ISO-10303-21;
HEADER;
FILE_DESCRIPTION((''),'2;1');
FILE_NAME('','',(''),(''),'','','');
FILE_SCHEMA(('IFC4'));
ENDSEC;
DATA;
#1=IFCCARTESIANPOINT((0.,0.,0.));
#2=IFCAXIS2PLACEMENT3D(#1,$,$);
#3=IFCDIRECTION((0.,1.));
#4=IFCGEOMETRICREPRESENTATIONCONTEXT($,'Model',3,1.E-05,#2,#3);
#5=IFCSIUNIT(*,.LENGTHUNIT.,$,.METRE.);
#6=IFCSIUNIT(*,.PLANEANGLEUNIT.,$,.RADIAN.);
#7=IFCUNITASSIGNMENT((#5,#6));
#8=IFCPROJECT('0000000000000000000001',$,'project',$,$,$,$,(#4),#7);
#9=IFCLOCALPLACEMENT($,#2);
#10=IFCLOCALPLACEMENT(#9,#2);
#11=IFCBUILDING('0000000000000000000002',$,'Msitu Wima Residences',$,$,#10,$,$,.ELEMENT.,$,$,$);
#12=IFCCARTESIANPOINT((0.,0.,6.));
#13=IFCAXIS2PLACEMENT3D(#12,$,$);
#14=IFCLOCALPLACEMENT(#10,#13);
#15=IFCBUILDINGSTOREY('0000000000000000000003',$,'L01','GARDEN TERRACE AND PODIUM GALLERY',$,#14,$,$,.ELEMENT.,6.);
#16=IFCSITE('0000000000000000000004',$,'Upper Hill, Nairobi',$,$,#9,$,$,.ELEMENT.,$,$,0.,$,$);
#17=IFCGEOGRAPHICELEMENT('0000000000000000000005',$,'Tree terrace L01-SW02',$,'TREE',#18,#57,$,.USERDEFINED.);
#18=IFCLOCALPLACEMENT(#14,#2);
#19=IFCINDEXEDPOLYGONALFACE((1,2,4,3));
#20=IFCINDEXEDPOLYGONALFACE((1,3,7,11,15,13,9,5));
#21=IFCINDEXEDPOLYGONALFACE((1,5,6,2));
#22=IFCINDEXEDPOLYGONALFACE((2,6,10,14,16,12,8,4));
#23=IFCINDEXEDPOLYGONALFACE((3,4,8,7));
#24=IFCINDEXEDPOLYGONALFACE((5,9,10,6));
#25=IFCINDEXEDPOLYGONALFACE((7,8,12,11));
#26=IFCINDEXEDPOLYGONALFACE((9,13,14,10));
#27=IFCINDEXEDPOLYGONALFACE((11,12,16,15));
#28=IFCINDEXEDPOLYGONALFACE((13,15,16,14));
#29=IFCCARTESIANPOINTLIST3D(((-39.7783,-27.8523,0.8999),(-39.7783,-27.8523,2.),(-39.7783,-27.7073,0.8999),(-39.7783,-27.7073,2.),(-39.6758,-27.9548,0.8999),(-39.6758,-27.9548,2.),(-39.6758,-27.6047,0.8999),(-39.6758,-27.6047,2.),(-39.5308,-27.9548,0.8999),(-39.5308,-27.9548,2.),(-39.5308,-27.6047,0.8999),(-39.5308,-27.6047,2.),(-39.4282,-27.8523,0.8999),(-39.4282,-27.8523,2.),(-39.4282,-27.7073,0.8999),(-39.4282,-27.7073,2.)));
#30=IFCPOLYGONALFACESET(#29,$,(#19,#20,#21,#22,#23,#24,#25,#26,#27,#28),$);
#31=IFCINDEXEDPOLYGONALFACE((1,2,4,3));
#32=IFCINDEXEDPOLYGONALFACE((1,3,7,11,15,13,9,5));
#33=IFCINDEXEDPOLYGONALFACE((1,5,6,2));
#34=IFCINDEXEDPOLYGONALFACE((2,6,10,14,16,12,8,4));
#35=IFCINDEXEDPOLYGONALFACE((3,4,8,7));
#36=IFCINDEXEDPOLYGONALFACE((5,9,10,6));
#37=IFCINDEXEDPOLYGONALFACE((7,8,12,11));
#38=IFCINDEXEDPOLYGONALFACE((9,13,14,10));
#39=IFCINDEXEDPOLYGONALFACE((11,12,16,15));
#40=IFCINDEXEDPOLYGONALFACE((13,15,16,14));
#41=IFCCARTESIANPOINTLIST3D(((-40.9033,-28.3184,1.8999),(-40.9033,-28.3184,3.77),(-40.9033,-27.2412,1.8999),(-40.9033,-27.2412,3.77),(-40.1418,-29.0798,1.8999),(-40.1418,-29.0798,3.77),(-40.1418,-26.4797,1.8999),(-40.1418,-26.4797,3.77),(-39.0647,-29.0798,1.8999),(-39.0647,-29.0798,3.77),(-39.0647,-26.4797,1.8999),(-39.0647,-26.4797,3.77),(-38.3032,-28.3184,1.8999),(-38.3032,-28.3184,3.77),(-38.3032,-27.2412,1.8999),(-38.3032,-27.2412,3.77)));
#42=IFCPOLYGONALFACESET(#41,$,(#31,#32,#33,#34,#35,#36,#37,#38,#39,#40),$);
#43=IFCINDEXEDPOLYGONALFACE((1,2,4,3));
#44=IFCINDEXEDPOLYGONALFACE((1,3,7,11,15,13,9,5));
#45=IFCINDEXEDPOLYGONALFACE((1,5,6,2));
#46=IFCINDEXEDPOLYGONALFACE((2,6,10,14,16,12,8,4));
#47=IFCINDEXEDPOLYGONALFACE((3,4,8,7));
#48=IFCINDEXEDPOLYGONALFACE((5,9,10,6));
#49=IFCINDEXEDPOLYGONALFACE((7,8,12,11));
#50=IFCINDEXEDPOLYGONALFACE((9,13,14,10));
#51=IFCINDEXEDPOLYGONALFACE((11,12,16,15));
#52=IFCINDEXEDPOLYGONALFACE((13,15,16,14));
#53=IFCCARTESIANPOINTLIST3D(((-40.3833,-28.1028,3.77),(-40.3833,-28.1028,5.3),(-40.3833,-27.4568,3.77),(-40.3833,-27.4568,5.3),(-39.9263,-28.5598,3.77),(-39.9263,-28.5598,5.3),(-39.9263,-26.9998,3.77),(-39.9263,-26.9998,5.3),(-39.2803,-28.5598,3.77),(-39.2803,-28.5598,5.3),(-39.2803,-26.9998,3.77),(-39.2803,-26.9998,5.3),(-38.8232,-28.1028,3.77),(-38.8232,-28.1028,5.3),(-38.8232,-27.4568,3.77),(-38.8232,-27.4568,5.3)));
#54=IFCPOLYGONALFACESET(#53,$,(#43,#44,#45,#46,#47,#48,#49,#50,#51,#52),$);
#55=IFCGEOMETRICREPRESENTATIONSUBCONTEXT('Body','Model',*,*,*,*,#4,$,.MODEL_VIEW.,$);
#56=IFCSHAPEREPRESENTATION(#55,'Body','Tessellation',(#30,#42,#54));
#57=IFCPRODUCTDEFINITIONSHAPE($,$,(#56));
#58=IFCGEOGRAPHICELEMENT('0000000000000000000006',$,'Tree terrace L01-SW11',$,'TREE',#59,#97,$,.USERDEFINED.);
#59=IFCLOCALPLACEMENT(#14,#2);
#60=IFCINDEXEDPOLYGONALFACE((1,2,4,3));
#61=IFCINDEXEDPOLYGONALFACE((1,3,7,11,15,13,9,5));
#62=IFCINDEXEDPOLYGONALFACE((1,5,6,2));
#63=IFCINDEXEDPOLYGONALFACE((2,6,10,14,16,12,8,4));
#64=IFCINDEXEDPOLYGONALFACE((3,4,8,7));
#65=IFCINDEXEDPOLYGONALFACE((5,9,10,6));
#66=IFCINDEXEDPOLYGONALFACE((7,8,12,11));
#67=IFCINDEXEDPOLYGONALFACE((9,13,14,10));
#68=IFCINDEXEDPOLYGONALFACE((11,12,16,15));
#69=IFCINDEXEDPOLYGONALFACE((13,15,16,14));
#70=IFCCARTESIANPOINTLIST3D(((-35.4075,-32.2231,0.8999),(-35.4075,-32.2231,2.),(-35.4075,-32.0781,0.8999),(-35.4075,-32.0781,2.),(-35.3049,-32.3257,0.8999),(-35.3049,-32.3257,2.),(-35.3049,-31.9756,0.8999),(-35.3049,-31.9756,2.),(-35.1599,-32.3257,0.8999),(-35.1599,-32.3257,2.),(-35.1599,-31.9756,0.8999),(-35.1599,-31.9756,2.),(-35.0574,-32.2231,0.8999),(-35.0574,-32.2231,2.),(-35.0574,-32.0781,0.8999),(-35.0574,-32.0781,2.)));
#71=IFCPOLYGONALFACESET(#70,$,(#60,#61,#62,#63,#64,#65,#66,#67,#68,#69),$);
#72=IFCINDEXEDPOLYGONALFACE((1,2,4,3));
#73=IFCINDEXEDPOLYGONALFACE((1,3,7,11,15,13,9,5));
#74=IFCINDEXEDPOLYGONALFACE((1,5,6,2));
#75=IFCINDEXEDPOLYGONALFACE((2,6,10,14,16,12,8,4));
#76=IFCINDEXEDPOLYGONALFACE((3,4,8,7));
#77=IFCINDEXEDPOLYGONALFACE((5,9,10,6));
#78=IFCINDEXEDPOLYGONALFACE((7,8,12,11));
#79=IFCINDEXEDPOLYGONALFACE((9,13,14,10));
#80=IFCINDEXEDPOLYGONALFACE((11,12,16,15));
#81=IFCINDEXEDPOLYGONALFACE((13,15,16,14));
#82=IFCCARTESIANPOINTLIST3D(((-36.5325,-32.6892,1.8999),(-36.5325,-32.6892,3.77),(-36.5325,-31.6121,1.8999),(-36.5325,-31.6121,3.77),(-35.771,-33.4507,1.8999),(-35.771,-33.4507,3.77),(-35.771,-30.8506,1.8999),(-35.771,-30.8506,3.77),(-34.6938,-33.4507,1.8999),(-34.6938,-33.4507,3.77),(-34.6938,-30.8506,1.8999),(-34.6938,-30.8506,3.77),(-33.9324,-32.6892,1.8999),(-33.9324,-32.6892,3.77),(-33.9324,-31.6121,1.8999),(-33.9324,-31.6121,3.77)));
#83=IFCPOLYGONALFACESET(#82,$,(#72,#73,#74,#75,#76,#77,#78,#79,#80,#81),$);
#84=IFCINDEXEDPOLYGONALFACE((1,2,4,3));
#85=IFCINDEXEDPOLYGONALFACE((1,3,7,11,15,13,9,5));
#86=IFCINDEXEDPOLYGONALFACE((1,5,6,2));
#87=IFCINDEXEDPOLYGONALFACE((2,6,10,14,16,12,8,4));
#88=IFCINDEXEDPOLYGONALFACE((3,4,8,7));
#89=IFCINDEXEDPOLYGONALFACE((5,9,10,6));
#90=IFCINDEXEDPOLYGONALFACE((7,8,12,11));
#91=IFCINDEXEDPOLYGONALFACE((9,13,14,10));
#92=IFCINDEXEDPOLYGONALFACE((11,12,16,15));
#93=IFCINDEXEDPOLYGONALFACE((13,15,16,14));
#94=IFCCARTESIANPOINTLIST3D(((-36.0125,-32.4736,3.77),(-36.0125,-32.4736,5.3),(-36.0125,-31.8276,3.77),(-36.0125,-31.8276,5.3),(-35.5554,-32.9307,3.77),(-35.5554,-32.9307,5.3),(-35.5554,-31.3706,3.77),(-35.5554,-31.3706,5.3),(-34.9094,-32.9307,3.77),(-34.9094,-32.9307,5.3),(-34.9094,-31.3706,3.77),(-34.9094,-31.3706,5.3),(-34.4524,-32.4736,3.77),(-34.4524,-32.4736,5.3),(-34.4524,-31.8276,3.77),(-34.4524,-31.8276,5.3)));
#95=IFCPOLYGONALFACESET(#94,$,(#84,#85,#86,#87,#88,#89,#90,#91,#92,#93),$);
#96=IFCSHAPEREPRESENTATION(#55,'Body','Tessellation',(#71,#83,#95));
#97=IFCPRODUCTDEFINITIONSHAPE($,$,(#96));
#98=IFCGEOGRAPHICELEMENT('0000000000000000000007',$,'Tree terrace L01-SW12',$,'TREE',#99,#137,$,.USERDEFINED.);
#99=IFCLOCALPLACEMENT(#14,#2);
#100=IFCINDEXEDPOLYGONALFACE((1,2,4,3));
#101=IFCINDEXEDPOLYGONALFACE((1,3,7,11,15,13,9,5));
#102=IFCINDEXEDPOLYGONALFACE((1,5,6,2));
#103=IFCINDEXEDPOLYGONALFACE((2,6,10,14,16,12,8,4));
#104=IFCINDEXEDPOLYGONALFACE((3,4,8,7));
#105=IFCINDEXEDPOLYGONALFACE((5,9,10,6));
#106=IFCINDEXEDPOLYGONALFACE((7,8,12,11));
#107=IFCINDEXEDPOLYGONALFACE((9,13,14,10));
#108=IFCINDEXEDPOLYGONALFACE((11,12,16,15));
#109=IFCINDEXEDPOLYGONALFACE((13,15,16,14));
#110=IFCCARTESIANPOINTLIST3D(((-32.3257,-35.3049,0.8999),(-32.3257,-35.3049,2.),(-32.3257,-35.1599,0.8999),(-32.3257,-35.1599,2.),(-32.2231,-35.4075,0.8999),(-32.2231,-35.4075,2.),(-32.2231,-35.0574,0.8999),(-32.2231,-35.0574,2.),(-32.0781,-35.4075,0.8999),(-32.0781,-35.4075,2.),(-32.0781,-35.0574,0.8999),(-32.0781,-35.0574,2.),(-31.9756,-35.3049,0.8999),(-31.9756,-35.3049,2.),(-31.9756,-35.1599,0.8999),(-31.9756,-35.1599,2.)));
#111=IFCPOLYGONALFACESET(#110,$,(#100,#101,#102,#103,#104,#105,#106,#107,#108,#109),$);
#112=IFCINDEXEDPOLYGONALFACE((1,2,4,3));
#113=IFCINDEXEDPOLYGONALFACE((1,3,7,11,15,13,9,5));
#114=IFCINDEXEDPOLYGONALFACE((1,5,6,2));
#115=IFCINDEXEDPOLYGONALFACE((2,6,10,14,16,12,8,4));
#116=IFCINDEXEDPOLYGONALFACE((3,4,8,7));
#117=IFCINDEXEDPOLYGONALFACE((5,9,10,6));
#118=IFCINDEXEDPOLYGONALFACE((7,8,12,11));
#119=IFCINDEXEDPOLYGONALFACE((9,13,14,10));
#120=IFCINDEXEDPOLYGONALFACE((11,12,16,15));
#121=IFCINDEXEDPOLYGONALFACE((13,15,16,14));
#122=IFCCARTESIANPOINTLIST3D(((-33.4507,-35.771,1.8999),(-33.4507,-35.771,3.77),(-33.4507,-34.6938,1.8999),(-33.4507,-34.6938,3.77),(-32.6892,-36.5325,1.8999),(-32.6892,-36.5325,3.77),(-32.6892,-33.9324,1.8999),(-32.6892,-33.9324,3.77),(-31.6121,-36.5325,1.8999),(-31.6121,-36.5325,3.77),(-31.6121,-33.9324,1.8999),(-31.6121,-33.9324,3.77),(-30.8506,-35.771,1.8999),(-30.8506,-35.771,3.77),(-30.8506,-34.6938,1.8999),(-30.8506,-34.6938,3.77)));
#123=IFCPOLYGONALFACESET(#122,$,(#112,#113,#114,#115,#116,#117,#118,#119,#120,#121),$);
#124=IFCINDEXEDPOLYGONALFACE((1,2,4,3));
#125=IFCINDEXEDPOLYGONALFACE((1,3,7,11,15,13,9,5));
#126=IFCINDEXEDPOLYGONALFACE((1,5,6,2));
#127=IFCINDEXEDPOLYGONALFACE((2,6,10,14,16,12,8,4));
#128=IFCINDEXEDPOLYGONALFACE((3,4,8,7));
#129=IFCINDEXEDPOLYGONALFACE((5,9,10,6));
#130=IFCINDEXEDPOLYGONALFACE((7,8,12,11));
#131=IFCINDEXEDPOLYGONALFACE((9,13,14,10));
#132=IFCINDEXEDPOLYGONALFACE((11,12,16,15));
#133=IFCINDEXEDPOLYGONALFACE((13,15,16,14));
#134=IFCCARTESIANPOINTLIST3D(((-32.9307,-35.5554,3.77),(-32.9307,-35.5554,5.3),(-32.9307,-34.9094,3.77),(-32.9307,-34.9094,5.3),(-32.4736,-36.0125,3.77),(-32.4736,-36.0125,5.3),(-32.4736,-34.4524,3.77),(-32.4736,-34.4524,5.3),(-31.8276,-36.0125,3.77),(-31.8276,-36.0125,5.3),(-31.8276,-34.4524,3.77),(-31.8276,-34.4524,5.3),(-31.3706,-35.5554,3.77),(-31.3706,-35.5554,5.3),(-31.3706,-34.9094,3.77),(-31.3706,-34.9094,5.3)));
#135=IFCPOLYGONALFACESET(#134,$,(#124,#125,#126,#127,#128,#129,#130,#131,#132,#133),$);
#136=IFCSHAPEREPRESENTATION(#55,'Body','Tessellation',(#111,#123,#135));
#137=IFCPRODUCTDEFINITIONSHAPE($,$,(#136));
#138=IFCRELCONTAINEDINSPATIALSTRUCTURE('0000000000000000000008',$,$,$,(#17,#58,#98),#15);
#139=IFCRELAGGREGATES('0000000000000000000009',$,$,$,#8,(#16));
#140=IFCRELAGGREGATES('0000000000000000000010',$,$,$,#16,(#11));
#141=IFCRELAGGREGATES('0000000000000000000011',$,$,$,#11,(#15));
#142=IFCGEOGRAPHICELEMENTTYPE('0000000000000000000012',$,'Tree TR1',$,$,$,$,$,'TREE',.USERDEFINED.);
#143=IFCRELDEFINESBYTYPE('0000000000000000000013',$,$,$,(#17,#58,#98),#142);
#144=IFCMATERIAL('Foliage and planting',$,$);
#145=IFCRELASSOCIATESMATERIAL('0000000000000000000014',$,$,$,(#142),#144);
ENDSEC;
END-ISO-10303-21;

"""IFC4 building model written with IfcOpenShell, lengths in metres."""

from ifc_helpers import new_model, si_unit, direction, frame, origin, place, context, subcontext, project, spatial, polyline, outline, extrude, material, type_object, element, save


model = new_model("IFC4")

# Units and contexts
model_context = context("Model", 3, precision=1e-05, world=origin(), true_north=direction((0.0, 1.0)))
body_context = subcontext(model_context, "Body", "Model", "MODEL_VIEW")
ifc_project = project(units=[si_unit("LENGTHUNIT", "METRE"), si_unit("PLANEANGLEUNIT", "RADIAN")], contexts=[model_context])

# Site, building, storey
site_placement = place(None, origin())
site = spatial("IfcSite", under=ifc_project, at=site_placement, Name="Upper Hill, Nairobi", CompositionType="ELEMENT", RefElevation=0.0)
building_placement = place(site_placement, origin())
building = spatial("IfcBuilding", under=site, at=building_placement, Name="Msitu Wima Residences", CompositionType="ELEMENT")
storey_placement = place(building_placement, frame((0.0, 0.0, 6.0)))
storey = spatial("IfcBuildingStorey", under=building, at=storey_placement, Name="L01", Description="GARDEN TERRACE AND PODIUM GALLERY", CompositionType="ELEMENT", Elevation=6.0)

# Geographic elements
ifc_material_1 = material(Name="Foliage and planting")
geographic_element_type = type_object("IfcGeographicElementType", Name="Tree TR1", ElementType="TREE", PredefinedType="USERDEFINED", material=ifc_material_1)
for number, where, z_axis, x_axis, name in (
    (1, (-39.6033, -27.7798, 0.8999), (0.0, 0.0, 1.0), (1.0, 0.0, 0.0), "Tree terrace L01-SW02"),
    (2, (-35.2324, -32.1506, 0.8999), (0.0, 0.0, 1.0), (1.0, 0.0, 0.0), "Tree terrace L01-SW11"),
    (3, (-32.1506, -35.2324, 0.8999), (0.0, 0.0, 1.0), (1.0, 0.0, 0.0), "Tree terrace L01-SW12"),
):
    element("IfcGeographicElement", number, at=place(storey_placement, frame(where, z_axis=z_axis, x_axis=x_axis)), inside=storey, type_object=geographic_element_type, Name=name, ObjectType="TREE", PredefinedType="USERDEFINED", context=body_context, shape_type="SweptSolid", body=[
        extrude(outline(polyline([(0.175, 0.0725), (0.0725, 0.175), (-0.0725, 0.175), (-0.175, 0.0725), (-0.175, -0.0725), (-0.0725, -0.175), (0.0725, -0.175), (0.175, -0.0725), (0.175, 0.0725)])), origin(), (0.0, 0.0, 1.0), 1.1001),
        extrude(outline(polyline([(1.3, 0.5386), (0.5386, 1.3), (-0.5386, 1.3), (-1.3, 0.5386), (-1.3, -0.5386), (-0.5386, -1.3), (0.5386, -1.3), (1.3, -0.5386), (1.3, 0.5386)])), frame((0.0, 0.0, 1.0)), (0.0, 0.0, 1.0), 1.8701),
        extrude(outline(polyline([(0.78, 0.323), (0.323, 0.78), (-0.323, 0.78), (-0.78, 0.323), (-0.78, -0.323), (-0.323, -0.78), (0.323, -0.78), (0.78, -0.323), (0.78, 0.323)])), frame((0.0, 0.0, 2.8701)), (0.0, 0.0, 1.0), 1.53),
    ])

save(model, "model.ifc")
